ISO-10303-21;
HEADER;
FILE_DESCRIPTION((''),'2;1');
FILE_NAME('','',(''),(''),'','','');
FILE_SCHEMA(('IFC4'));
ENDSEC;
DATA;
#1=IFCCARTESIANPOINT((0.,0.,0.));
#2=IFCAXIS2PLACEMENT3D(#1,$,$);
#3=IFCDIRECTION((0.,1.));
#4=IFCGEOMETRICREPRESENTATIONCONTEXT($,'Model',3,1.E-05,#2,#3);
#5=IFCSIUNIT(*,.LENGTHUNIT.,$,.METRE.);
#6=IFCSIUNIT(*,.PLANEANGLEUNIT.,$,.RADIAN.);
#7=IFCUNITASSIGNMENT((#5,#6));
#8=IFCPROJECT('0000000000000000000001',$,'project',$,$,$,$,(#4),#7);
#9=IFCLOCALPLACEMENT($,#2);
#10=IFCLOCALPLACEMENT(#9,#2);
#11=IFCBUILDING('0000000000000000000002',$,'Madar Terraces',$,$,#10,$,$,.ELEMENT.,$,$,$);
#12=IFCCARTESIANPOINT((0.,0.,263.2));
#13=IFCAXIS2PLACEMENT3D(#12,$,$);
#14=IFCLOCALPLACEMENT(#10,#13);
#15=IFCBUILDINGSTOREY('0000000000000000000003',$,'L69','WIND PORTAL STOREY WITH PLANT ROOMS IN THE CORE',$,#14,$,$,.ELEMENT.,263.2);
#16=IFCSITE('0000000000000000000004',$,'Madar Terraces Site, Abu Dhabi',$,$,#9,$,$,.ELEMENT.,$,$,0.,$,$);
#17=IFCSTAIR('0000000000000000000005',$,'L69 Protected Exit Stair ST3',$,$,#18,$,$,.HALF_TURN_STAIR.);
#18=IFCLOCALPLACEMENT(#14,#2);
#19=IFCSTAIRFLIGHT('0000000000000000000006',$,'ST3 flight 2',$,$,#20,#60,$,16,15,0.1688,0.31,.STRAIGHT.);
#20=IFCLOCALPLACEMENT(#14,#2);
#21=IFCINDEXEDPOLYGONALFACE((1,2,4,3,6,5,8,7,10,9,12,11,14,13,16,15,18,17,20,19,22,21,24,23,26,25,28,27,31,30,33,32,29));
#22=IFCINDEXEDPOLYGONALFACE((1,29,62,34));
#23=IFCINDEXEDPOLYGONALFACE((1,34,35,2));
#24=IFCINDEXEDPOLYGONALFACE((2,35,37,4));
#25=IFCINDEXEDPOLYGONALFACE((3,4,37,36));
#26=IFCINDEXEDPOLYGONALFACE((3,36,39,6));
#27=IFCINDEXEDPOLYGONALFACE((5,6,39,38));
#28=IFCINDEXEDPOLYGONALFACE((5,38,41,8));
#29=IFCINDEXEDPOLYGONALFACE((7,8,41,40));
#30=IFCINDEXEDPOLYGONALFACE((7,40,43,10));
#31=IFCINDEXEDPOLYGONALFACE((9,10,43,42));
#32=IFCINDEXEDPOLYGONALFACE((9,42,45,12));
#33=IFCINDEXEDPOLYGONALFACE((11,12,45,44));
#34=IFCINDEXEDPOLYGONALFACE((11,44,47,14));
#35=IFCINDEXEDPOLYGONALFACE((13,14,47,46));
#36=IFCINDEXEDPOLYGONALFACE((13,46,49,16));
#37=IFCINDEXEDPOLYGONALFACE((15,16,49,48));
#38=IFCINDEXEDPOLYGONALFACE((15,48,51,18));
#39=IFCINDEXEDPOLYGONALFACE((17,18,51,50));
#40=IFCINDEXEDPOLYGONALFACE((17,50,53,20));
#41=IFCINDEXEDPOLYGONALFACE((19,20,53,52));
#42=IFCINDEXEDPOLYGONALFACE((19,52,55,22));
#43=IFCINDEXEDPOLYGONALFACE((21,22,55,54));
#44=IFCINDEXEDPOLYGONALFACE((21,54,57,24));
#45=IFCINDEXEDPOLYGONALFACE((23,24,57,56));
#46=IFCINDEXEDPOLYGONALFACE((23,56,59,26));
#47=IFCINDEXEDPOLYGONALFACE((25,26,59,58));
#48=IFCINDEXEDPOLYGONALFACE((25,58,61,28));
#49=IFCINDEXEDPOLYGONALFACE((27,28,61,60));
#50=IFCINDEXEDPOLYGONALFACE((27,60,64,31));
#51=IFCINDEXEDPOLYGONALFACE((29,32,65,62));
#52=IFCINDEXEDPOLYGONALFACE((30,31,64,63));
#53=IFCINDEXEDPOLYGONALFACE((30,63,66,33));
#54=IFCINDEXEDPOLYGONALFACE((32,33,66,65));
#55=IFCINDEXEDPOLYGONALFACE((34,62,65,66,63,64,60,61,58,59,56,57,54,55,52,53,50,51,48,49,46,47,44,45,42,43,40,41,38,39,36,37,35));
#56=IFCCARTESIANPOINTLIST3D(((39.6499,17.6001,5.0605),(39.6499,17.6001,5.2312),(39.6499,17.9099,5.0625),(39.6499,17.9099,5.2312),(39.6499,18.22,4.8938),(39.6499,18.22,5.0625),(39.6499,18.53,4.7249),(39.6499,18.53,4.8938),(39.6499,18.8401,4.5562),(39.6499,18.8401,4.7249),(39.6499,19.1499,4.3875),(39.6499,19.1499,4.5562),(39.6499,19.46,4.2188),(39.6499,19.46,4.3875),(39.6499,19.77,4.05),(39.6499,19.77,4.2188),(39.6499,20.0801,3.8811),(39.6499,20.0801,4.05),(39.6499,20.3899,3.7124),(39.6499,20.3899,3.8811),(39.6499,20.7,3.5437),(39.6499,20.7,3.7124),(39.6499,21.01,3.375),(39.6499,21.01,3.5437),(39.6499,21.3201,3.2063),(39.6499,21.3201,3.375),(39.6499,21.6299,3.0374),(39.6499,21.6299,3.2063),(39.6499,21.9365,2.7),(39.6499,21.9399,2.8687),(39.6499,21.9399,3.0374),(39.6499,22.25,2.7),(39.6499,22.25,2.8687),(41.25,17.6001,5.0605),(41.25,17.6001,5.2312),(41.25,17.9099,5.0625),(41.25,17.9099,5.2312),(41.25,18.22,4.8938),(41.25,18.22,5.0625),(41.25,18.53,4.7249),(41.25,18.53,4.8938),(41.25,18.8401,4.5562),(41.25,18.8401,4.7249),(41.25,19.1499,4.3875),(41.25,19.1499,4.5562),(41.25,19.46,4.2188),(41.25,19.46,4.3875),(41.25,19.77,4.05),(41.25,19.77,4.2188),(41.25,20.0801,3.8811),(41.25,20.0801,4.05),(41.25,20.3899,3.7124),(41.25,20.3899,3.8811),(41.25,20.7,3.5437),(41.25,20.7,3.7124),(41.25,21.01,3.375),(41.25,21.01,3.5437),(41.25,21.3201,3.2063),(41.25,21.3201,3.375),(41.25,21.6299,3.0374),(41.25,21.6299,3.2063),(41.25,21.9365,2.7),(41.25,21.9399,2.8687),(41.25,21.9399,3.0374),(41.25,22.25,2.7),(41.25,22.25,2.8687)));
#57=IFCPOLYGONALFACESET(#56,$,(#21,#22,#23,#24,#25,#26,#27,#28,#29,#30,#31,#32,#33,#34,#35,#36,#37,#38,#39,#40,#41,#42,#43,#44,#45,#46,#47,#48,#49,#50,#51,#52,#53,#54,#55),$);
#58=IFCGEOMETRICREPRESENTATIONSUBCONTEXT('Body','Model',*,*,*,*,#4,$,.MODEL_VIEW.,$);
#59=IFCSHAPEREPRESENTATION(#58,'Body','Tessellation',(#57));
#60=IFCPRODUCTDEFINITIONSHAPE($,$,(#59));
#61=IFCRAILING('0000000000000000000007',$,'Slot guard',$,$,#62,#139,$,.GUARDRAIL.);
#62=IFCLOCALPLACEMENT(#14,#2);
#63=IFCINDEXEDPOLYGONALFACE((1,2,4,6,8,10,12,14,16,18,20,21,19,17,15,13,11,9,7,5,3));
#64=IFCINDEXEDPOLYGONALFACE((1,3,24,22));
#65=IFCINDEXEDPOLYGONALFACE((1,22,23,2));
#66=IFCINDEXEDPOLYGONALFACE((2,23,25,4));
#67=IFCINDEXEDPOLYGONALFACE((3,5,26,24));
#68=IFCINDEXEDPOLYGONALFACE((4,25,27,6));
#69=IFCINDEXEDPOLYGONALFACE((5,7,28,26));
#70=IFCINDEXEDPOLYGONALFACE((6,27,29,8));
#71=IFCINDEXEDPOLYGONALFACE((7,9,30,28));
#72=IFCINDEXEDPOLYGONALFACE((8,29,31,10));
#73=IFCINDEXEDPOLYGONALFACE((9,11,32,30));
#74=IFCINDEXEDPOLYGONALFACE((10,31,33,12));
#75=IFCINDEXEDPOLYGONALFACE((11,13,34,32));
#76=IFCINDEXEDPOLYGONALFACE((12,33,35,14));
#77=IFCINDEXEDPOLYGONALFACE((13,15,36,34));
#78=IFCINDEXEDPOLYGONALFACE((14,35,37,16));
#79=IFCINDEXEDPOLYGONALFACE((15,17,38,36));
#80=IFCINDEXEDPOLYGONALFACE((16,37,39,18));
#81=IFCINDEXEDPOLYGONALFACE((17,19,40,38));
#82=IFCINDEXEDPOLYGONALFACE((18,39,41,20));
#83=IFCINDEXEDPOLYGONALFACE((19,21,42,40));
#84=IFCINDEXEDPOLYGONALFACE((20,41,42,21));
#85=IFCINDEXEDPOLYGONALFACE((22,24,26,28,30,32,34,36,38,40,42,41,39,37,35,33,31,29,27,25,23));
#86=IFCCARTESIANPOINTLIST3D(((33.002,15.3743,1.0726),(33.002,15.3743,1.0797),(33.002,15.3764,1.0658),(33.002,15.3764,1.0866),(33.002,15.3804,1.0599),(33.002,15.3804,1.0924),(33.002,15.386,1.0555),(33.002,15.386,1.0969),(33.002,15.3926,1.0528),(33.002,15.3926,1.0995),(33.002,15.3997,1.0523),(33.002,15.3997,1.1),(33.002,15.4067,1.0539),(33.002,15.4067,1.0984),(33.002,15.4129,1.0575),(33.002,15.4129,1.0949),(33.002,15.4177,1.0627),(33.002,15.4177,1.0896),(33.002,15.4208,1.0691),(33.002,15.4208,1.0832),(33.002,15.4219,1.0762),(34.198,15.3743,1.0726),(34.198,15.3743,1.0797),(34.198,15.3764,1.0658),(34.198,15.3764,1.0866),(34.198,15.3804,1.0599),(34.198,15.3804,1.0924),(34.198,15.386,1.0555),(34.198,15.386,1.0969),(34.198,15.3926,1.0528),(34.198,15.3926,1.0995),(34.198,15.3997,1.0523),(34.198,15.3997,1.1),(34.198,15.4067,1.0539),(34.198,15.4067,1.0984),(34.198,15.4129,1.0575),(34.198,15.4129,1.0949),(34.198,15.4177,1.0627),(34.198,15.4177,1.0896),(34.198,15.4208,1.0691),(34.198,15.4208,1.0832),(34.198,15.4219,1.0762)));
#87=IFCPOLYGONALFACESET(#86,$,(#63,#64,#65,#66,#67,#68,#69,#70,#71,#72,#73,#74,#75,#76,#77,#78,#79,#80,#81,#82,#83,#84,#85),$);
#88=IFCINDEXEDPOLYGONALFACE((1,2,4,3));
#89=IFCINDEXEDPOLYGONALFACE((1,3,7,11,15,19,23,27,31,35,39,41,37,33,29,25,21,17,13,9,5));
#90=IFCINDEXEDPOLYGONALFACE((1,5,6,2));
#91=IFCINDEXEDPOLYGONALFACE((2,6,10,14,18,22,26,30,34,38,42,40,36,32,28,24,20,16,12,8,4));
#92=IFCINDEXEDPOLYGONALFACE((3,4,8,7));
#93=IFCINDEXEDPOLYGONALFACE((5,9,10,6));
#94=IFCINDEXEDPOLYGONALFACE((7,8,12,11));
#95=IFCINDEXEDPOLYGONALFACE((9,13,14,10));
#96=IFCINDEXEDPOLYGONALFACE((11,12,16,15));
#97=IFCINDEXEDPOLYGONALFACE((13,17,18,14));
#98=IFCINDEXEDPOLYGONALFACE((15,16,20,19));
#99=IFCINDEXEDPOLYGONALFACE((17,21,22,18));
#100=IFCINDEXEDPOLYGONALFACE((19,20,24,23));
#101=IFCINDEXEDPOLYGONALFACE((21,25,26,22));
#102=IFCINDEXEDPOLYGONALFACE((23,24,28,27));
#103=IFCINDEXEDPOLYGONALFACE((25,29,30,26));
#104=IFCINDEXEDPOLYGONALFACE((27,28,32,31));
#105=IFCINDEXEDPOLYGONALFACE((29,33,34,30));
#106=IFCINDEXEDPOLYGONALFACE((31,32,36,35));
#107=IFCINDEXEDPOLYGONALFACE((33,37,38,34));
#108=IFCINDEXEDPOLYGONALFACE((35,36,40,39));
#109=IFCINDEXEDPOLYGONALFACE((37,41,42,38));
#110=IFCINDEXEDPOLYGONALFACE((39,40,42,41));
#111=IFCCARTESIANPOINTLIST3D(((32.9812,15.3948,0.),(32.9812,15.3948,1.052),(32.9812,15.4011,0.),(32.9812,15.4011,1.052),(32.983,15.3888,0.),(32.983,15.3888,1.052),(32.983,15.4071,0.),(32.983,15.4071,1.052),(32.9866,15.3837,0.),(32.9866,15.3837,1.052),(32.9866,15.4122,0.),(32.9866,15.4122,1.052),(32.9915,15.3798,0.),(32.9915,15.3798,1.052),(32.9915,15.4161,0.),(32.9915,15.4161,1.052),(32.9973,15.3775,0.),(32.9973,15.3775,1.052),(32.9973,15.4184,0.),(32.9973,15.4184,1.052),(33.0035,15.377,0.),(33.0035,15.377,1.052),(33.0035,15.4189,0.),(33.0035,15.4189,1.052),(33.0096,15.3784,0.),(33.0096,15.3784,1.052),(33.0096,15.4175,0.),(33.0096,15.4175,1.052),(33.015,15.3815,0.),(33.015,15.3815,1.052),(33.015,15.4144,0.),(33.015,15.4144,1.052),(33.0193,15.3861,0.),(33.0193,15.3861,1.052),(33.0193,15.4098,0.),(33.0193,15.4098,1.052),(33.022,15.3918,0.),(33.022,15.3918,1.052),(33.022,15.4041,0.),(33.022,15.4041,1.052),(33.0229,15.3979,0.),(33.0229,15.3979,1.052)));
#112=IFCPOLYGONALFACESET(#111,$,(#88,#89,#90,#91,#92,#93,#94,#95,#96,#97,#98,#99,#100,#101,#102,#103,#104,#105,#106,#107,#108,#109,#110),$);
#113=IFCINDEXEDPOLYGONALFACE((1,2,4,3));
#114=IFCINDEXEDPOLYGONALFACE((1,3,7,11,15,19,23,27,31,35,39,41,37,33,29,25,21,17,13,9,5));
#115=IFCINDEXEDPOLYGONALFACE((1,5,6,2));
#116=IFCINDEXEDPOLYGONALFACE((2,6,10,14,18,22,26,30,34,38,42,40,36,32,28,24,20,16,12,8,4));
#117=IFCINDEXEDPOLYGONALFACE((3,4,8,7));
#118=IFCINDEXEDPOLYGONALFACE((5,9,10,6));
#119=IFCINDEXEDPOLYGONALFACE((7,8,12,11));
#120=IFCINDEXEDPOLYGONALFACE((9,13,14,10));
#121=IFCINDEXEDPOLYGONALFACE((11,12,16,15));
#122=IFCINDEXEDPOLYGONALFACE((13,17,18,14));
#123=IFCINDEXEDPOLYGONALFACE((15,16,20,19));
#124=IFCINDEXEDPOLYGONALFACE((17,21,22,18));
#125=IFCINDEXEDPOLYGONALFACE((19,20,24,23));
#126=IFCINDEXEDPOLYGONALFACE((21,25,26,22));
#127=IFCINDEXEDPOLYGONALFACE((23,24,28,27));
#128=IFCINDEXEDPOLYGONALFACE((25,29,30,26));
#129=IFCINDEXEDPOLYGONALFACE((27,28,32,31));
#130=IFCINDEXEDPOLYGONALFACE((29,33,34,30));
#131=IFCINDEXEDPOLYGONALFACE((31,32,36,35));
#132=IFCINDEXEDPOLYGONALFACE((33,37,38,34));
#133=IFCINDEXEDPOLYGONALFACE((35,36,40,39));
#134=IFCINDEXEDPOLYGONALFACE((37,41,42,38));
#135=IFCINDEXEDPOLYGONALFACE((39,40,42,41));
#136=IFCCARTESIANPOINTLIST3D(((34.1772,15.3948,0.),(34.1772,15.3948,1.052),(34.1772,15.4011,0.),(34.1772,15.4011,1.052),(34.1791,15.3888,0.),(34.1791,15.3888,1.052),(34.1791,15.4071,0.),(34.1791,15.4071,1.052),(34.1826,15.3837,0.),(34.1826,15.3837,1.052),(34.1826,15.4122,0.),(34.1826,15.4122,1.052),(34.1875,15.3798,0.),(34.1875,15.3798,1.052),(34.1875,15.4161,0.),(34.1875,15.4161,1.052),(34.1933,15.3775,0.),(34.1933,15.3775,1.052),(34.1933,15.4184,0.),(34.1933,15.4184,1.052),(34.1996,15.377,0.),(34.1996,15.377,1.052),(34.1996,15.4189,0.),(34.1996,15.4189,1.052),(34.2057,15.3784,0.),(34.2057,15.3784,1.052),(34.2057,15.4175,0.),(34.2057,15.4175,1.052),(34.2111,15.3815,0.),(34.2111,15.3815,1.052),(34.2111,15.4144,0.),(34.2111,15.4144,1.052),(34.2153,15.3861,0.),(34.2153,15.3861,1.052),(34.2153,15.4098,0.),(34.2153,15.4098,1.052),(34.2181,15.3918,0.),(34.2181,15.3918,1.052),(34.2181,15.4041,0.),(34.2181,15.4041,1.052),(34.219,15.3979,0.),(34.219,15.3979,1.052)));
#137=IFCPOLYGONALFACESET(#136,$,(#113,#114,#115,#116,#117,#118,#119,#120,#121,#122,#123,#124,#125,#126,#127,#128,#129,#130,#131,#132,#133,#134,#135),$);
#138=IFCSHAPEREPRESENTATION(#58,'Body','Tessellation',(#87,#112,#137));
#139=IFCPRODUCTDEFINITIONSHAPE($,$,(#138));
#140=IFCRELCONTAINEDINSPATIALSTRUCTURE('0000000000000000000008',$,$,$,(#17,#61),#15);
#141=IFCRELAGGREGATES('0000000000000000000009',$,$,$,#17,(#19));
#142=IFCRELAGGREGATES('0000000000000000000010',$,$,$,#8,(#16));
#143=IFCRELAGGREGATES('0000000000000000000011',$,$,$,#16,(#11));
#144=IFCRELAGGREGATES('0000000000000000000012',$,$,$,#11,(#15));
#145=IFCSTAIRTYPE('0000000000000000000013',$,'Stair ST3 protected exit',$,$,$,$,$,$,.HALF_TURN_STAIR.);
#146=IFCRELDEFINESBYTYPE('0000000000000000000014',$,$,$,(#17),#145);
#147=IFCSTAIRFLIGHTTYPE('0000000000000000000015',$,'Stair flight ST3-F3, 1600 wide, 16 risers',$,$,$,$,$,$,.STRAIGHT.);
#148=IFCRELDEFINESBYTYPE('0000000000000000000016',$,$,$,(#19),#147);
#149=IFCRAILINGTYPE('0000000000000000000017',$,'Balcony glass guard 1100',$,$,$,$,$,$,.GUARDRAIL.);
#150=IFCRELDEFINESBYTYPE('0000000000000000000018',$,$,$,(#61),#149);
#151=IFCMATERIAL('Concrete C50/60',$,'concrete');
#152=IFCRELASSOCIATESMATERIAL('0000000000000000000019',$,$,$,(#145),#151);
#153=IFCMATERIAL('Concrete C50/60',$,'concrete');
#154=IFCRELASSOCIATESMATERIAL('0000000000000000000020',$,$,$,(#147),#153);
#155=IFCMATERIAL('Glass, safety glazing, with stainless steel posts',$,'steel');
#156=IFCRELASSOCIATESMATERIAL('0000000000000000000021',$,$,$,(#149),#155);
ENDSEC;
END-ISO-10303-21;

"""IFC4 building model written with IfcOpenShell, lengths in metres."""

from ifc_helpers import new_model, si_unit, direction, frame, origin, origin_2d, place, context, subcontext, project, spatial, polyline, circle, outline, extrude, material, type_object, element, aggregate, save


model = new_model("IFC4")

# Units and contexts
model_context = context("Model", 3, precision=1e-05, world=origin(), true_north=direction((0.0, 1.0)))
body_context = subcontext(model_context, "Body", "Model", "MODEL_VIEW")
ifc_project = project(units=[si_unit("LENGTHUNIT", "METRE"), si_unit("PLANEANGLEUNIT", "RADIAN")], contexts=[model_context])

# Site, building, storey
site_placement = place(None, origin())
site = spatial("IfcSite", under=ifc_project, at=site_placement, Name="Madar Terraces Site, Abu Dhabi", CompositionType="ELEMENT", RefElevation=0.0)
building_placement = place(site_placement, origin())
building = spatial("IfcBuilding", under=site, at=building_placement, Name="Madar Terraces", CompositionType="ELEMENT")
storey_placement = place(building_placement, frame((0.0, 0.0, 263.2)))
storey = spatial("IfcBuildingStorey", under=building, at=storey_placement, Name="L69", Description="WIND PORTAL STOREY WITH PLANT ROOMS IN THE CORE", CompositionType="ELEMENT", Elevation=263.2)

# Stair, stair flight
ifc_material_1 = material(Name="Concrete C50/60", Category="concrete")
stair_type = type_object("IfcStairType", Name="Stair ST3 protected exit", PredefinedType="HALF_TURN_STAIR", material=ifc_material_1)
stair_placement = place(storey_placement, origin())
stair = element("IfcStair", 1, at=stair_placement, inside=storey, type_object=stair_type, Name="L69 Protected Exit Stair ST3", PredefinedType="HALF_TURN_STAIR")
ifc_material_2 = material(Name="Concrete C50/60", Category="concrete")
stair_flight_type = type_object("IfcStairFlightType", Name="Stair flight ST3-F3, 1600 wide, 16 risers", PredefinedType="STRAIGHT", material=ifc_material_2)
stair_flight_1_placement = place(storey_placement, frame((40.45, 22.25, 2.7), z_axis=(0.0, 0.0, 1.0), x_axis=(0.0, -1.0, 0.0)))
stair_flight_1 = element("IfcStairFlight", 2, at=stair_flight_1_placement, type_object=stair_flight_type, Name="ST3 flight 2", NumberOfRisers=16, NumberOfTreads=15, PredefinedType="STRAIGHT", RiserHeight=0.1688, TreadLength=0.31, context=body_context, shape_type="SweptSolid", body=[
    extrude(outline(polyline([(0.0, 0.0), (0.0, 0.1687), (0.3101, 0.1687), (0.3101, 0.3374), (0.6201, 0.3374), (0.6201, 0.5063), (0.9299, 0.5063), (0.9299, 0.675), (1.24, 0.675), (1.24, 0.8438), (1.55, 0.8438), (1.55, 1.0125), (1.8601, 1.0125), (1.8601, 1.1812), (2.1699, 1.1812), (2.1699, 1.3501), (2.48, 1.3501), (2.48, 1.5188), (2.79, 1.5188), (2.79, 1.6875), (3.1001, 1.6875), (3.1001, 1.8562), (3.4099, 1.8562), (3.4099, 2.0249), (3.72, 2.0249), (3.72, 2.1938), (4.03, 2.1938), (4.03, 2.3625), (4.3401, 2.3625), (4.3401, 2.5312), (4.6499, 2.5312), (4.6499, 2.7), (4.6499, 2.3606), (0.3135, 0.0), (0.0, 0.0)])), frame((0.0, 0.8, 0.0), z_axis=(0.0, -1.0, 0.0), x_axis=(1.0, 0.0, 0.0)), (0.0, 0.0, 1.0), 1.6001),
])
aggregate(stair, [stair_flight_1])

# Railing
ifc_material_3 = material(Name="Glass, safety glazing, with stainless steel posts", Category="steel")
railing_type_1 = type_object("IfcRailingType", Name="Balcony glass guard 1100", PredefinedType="GUARDRAIL", material=ifc_material_3)
railing_1_placement = place(storey_placement, frame((33.002, 15.3979, 0.0)))
element("IfcRailing", 3, at=railing_1_placement, inside=storey, type_object=railing_type_1, Name="Slot guard", PredefinedType="GUARDRAIL", context=body_context, shape_type="SweptSolid", body=[
    extrude(circle(Radius=0.0239, at=origin_2d()), frame((0.0, 0.0, 1.0762), z_axis=(1.0, 0.0, 0.0), x_axis=(0.0, 1.0, 0.0)), (0.0, 0.0, 1.0), 1.196),
    extrude(circle(Radius=0.021, at=origin_2d()), origin(), (0.0, 0.0, 1.0), 1.052),
    extrude(circle(Radius=0.021, at=origin_2d()), frame((1.196, 0.0, 0.0)), (0.0, 0.0, 1.0), 1.052),
])

save(model, "model.ifc")
